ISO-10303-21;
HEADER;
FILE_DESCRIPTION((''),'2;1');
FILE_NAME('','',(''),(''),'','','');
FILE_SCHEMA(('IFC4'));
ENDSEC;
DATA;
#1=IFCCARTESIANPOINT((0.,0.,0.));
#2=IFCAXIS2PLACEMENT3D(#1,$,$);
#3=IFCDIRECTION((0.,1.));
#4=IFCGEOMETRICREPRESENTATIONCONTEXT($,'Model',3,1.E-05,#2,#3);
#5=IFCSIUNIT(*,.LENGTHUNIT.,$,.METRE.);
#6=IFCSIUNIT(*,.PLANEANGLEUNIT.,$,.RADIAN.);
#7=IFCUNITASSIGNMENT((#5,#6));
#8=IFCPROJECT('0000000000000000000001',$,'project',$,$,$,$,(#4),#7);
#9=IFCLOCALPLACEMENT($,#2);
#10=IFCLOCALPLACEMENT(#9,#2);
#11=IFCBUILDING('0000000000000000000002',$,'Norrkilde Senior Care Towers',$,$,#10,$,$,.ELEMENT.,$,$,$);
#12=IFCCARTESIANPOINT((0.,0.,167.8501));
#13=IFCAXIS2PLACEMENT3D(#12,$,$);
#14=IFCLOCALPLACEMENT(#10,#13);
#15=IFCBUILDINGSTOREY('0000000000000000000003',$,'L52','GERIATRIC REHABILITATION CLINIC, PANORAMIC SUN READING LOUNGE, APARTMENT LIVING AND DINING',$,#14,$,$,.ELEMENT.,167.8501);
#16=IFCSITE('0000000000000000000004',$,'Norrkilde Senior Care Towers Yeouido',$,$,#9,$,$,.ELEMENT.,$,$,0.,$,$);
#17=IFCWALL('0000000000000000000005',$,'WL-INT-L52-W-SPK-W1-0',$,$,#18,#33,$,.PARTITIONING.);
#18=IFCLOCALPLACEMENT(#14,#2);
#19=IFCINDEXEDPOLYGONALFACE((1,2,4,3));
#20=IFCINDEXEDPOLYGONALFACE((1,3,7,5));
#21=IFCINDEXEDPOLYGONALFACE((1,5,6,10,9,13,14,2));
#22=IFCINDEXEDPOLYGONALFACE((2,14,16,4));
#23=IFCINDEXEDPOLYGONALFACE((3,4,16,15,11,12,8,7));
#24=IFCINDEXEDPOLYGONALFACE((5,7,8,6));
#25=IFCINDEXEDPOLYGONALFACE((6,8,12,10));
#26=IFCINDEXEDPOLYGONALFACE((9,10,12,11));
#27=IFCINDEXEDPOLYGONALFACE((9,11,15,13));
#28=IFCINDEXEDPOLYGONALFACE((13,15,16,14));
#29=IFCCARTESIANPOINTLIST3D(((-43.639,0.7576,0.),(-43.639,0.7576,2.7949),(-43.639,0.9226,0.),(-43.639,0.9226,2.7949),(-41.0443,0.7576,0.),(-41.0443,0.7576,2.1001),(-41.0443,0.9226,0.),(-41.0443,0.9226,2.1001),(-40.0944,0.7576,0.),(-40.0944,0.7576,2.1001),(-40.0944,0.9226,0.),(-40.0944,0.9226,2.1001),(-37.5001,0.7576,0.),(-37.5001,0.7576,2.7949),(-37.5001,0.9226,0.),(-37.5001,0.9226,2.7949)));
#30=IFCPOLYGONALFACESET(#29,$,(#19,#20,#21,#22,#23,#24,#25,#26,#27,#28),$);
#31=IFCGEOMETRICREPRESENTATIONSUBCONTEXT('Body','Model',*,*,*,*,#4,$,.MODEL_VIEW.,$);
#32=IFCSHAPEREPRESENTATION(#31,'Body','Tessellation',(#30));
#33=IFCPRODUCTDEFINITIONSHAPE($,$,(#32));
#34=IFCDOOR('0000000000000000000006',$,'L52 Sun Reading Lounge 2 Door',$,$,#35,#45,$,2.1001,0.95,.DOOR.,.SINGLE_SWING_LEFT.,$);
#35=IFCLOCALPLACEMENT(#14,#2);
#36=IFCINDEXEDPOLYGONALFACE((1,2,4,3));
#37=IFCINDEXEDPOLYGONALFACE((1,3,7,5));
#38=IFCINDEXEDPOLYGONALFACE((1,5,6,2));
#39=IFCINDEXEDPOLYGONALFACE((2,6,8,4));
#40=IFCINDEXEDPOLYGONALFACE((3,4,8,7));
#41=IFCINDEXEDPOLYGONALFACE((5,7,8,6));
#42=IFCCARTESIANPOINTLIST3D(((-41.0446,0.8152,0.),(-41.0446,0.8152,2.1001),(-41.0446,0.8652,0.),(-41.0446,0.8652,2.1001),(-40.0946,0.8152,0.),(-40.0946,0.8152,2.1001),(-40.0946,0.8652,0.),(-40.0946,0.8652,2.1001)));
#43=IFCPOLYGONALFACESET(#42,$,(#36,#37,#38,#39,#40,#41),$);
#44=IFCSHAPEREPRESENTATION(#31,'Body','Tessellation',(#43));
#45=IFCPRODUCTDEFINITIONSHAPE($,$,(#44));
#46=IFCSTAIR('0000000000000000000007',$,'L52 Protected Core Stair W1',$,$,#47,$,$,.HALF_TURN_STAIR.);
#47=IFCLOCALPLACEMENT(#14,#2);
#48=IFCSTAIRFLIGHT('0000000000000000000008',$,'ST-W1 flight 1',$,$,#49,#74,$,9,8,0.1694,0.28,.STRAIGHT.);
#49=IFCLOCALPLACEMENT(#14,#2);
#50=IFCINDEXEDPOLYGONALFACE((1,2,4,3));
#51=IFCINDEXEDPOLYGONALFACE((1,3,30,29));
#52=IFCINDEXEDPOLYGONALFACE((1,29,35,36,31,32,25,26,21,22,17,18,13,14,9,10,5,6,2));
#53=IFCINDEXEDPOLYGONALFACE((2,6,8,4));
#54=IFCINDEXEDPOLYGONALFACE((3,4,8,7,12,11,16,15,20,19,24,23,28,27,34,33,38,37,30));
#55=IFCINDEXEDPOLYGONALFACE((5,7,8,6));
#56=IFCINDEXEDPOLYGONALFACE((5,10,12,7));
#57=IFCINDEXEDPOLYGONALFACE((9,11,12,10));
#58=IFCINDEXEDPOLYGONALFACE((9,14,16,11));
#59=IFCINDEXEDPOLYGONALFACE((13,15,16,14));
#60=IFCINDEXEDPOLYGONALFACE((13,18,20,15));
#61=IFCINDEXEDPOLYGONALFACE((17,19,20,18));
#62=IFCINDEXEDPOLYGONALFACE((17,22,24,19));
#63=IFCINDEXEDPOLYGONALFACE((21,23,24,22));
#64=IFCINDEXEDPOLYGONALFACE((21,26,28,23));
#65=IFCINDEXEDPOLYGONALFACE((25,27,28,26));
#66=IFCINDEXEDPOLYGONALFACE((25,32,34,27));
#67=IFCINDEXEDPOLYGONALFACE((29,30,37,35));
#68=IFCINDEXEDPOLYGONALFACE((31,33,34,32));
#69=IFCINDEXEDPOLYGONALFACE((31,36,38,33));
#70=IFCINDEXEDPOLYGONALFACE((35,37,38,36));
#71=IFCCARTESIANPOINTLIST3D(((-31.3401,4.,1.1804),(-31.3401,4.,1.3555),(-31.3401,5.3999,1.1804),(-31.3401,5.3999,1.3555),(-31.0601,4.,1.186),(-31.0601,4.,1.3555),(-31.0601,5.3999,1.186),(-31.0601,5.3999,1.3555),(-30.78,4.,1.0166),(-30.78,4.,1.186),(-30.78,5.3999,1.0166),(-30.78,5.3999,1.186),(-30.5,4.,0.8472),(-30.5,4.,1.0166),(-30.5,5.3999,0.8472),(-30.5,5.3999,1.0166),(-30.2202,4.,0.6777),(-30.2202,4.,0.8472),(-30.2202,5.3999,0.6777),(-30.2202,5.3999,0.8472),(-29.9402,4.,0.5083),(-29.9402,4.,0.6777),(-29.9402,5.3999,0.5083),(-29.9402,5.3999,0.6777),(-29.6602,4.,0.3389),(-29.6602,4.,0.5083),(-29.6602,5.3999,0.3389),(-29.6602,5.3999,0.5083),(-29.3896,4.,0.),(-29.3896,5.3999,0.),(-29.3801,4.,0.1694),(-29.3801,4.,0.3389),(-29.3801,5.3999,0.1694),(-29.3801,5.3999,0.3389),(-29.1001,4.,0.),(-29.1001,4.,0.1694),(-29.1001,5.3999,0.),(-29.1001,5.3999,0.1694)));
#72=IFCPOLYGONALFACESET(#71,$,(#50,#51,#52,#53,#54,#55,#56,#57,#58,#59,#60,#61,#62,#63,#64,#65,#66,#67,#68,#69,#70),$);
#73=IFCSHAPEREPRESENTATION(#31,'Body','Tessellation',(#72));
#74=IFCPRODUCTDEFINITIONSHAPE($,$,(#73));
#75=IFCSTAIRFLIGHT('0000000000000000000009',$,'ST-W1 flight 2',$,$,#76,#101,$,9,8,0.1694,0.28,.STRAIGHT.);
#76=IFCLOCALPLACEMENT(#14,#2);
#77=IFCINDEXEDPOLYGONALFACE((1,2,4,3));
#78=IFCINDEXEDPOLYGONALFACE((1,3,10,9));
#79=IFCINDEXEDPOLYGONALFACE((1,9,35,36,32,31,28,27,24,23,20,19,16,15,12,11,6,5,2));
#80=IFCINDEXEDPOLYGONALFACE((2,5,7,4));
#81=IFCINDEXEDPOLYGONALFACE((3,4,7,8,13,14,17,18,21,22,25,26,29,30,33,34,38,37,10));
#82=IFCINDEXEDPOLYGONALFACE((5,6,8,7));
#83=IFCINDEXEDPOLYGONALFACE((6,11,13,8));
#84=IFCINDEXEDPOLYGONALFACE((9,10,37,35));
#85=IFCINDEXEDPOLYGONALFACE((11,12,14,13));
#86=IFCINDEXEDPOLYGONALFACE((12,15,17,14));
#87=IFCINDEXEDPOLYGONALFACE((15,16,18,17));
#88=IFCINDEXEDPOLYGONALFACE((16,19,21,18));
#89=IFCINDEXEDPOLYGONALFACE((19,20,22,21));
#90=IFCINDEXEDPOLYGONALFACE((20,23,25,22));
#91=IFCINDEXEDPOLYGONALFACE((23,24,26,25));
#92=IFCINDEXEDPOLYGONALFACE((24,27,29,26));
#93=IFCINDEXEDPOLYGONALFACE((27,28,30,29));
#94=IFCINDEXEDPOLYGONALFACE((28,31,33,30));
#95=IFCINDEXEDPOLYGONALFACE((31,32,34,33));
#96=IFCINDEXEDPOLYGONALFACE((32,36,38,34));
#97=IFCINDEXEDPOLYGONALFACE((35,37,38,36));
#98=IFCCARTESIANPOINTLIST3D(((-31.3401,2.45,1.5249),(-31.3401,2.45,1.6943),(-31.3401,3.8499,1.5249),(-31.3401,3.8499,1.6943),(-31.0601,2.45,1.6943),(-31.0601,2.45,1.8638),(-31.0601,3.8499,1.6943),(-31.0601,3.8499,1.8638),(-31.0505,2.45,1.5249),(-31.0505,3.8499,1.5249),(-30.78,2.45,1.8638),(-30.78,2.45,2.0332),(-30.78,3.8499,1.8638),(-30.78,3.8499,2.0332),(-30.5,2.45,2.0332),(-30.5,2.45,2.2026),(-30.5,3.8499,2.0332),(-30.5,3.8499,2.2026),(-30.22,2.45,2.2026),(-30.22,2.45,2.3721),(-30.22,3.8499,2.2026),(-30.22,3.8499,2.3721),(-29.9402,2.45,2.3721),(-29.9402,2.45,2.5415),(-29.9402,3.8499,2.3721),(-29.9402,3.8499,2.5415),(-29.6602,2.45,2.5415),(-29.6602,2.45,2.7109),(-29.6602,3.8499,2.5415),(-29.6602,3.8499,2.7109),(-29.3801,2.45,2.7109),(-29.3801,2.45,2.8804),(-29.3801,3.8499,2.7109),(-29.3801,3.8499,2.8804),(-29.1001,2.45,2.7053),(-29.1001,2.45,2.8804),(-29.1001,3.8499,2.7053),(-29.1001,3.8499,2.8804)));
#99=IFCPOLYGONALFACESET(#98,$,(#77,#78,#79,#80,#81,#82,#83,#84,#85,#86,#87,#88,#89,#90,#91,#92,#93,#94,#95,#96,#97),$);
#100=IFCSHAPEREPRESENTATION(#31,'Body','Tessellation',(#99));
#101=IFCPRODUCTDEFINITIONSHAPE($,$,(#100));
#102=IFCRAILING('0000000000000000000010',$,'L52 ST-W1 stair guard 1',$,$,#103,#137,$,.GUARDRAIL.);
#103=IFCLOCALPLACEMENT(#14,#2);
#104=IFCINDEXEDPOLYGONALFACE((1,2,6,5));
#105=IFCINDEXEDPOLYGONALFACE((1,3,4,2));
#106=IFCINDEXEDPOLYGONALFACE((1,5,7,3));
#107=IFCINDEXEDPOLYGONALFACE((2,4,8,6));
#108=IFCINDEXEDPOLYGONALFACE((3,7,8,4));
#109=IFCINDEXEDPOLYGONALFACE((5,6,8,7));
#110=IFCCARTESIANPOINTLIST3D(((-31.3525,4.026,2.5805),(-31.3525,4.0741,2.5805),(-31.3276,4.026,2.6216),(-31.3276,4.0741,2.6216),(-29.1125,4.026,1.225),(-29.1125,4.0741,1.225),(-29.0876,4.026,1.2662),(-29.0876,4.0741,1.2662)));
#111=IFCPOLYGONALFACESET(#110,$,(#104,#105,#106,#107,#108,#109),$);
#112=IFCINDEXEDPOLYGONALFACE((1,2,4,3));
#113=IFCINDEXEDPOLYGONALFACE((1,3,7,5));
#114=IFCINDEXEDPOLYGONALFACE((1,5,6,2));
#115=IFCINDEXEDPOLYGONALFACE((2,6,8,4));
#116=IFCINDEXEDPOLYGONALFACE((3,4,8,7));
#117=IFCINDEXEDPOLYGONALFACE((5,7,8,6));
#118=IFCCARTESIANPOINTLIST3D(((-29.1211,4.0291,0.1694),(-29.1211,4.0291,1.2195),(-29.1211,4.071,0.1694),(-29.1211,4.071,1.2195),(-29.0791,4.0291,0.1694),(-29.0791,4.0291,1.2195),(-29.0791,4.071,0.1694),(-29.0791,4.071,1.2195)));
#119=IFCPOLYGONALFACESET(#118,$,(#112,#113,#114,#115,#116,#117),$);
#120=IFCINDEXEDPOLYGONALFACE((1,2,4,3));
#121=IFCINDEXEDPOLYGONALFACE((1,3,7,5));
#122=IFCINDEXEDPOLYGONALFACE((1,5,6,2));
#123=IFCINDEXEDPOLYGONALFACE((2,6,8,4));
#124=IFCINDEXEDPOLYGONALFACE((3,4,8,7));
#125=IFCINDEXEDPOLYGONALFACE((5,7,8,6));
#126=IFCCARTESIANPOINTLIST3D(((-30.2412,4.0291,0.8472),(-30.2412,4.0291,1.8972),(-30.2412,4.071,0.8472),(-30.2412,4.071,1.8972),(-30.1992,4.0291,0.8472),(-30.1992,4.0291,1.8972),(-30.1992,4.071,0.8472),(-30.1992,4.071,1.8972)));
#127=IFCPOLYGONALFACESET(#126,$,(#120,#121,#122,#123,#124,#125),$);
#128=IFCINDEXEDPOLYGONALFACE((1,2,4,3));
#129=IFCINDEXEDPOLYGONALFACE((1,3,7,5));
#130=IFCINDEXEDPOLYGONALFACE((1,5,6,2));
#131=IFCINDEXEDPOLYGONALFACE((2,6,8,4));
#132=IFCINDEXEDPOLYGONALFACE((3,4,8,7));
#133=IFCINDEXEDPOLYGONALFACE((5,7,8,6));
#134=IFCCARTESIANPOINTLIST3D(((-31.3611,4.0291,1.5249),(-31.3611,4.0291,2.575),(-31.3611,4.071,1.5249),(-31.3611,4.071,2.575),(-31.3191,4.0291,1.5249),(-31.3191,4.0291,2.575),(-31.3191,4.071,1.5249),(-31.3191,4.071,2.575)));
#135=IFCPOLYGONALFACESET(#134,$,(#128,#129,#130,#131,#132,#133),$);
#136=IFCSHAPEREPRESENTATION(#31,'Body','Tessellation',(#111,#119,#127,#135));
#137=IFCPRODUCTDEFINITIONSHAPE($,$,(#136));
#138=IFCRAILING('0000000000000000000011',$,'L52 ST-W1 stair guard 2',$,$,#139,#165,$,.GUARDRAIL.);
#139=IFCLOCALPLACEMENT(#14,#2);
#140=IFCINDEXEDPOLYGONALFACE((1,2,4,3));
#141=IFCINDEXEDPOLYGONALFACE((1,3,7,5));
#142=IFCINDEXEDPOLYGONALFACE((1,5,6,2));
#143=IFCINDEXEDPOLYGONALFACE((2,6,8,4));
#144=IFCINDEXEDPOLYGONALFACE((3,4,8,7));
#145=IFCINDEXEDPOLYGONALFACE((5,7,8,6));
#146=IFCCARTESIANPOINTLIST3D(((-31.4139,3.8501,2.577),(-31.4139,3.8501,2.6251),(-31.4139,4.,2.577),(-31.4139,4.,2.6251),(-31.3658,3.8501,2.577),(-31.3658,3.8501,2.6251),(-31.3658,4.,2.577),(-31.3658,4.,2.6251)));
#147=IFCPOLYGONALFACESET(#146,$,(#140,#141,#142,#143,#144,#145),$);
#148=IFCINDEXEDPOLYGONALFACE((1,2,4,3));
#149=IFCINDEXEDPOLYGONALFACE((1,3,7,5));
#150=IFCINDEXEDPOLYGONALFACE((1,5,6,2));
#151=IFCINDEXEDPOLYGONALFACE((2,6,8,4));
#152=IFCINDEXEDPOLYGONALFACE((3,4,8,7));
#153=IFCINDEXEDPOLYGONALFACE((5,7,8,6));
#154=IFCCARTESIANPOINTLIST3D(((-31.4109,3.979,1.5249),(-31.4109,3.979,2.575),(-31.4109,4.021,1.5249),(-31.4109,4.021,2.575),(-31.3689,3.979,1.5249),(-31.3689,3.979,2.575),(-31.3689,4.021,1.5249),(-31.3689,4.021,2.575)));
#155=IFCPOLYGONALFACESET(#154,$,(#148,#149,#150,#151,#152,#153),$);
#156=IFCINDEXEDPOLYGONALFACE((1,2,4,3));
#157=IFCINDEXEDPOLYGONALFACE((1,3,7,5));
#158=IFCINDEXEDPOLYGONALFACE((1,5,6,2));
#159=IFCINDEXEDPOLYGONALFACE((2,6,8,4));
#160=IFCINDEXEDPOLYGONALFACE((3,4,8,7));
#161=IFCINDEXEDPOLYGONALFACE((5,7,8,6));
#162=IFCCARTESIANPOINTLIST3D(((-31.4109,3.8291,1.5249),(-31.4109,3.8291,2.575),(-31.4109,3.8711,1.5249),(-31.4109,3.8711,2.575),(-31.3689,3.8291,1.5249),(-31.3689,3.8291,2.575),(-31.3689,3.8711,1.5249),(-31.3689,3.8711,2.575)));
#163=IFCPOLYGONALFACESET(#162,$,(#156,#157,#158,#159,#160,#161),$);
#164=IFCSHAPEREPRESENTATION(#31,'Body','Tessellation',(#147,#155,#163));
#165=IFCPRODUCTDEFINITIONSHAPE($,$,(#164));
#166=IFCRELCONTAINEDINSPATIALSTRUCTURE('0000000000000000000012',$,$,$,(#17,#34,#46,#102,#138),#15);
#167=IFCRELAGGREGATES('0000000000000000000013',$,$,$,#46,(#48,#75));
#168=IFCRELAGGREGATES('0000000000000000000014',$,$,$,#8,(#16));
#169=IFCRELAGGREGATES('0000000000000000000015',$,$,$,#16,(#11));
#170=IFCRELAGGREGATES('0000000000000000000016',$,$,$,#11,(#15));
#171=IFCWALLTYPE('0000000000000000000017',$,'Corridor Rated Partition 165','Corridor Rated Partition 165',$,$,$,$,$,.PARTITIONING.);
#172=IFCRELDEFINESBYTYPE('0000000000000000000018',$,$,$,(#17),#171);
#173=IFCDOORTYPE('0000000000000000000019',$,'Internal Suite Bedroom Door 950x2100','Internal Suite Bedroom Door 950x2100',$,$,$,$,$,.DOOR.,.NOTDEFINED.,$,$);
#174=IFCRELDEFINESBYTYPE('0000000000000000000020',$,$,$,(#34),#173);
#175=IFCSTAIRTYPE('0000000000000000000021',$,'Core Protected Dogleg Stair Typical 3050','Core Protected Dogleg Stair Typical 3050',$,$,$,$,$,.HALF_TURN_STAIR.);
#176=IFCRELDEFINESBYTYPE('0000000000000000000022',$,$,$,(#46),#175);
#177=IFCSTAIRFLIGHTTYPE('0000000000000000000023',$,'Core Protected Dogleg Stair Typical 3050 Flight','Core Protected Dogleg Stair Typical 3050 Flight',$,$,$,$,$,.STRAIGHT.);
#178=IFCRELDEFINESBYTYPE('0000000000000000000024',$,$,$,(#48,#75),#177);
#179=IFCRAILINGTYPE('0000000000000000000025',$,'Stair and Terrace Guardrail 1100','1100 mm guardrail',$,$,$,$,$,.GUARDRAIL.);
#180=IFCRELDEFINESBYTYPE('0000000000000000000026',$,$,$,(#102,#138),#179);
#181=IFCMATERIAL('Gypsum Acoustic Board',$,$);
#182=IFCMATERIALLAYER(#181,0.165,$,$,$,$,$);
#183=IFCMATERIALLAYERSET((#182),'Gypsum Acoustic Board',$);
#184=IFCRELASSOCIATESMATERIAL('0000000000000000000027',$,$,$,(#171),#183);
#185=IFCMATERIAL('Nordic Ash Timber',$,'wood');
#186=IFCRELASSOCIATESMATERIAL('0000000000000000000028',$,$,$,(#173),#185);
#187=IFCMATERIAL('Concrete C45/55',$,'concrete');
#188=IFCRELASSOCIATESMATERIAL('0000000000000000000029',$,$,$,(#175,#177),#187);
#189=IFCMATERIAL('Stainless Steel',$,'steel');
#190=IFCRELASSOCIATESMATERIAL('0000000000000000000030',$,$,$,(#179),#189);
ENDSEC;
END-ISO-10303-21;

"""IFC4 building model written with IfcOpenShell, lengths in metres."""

from ifc_helpers import new_model, si_unit, direction, frame, frame_2d, origin, origin_2d, place, context, subcontext, project, spatial, polyline, rectangle, outline, extrude, source, transform, mapped, material, layer, layer_set, type_object, type_shapes, element, fill, aggregate, save


model = new_model("IFC4")

# Units and contexts
model_context = context("Model", 3, precision=1e-05, world=origin(), true_north=direction((0.0, 1.0)))
body_context = subcontext(model_context, "Body", "Model", "MODEL_VIEW")
ifc_project = project(units=[si_unit("LENGTHUNIT", "METRE"), si_unit("PLANEANGLEUNIT", "RADIAN")], contexts=[model_context])

# Site, building, storey
site_placement = place(None, origin())
site = spatial("IfcSite", under=ifc_project, at=site_placement, Name="Norrkilde Senior Care Towers Yeouido", CompositionType="ELEMENT", RefElevation=0.0)
building_placement = place(site_placement, origin())
building = spatial("IfcBuilding", under=site, at=building_placement, Name="Norrkilde Senior Care Towers", CompositionType="ELEMENT")
storey_placement = place(building_placement, frame((0.0, 0.0, 167.8501)))
storey = spatial("IfcBuildingStorey", under=building, at=storey_placement, Name="L52", Description="GERIATRIC REHABILITATION CLINIC, PANORAMIC SUN READING LOUNGE, APARTMENT LIVING AND DINING", CompositionType="ELEMENT", Elevation=167.8501)

# Shared definitions
ifc_material_1 = material(Name="Concrete C45/55", Category="concrete")

# Shared definitions
ifc_material_2 = material(Name="Gypsum Acoustic Board")
ifc_layer_1 = layer(ifc_material_2, 0.165)
ifc_layer_set_1 = layer_set([ifc_layer_1], Name="Gypsum Acoustic Board")
wall_type_1 = type_object("IfcWallType", Name="Corridor Rated Partition 165", Description="Corridor Rated Partition 165", PredefinedType="PARTITIONING", material=ifc_layer_set_1)

# Wall, opening, door
shared_shape_1 = source(origin(), body_context, "Body", "SweptSolid", [
    extrude(rectangle(XDim=6.1389, YDim=0.165, at=frame_2d((3.0693, 0.0))), origin(), (0.0, 0.0, 1.0), 2.7949),
])
wall_1_placement = place(storey_placement, frame((-43.6389, 0.8401, 0.0), z_axis=(0.0, 0.0, 1.0), x_axis=(1.0, 0.0, 0.0)))
wall_1 = element("IfcWall", 1, at=wall_1_placement, inside=storey, type_object=wall_type_1, Name="WL-INT-L52-W-SPK-W1-0", PredefinedType="PARTITIONING", context=body_context, shape_type="MappedRepresentation", body=[
    mapped(shared_shape_1, transform((0.0, 0.0, 0.0), x_axis=(1.0, 0.0, 0.0), y_axis=(0.0, 1.0, 0.0), z_axis=(0.0, 0.0, 1.0), scale=1.0)),
])
opening_1_placement = place(wall_1_placement, frame((2.5945, 0.0, 0.0)))
opening_1 = element("IfcOpeningElement", 2, at=opening_1_placement, cuts=wall_1, PredefinedType="OPENING", context=body_context, shape_type="SweptSolid", body=[
    extrude(rectangle(XDim=0.95, YDim=2.1001, at=frame_2d((0.4751, 1.05))), frame((0.0, 0.0925, 0.0), z_axis=(0.0, -1.0, 0.0), x_axis=(1.0, 0.0, 0.0)), (0.0, 0.0, 1.0), 0.1851),
])
ifc_material_3 = material(Name="Nordic Ash Timber", Category="wood")
door_type_1 = type_object("IfcDoorType", Name="Internal Suite Bedroom Door 950x2100", Description="Internal Suite Bedroom Door 950x2100", OperationType="NOTDEFINED", PredefinedType="DOOR", material=ifc_material_3)
shared_shape_2 = source(origin(), body_context, "Body", "SweptSolid", [
    extrude(rectangle(XDim=0.95, YDim=2.1001, at=frame_2d((0.4751, 1.05))), frame((0.0, 0.0249, 0.0), z_axis=(0.0, -1.0, 0.0), x_axis=(1.0, 0.0, 0.0)), (0.0, 0.0, 1.0), 0.05),
])
type_shapes(door_type_1, [shared_shape_2])
door_1_placement = place(opening_1_placement, frame((0.95, 0.0, 0.0), z_axis=(0.0, 0.0, 1.0), x_axis=(-1.0, 0.0, 0.0)))
door_1 = element("IfcDoor", 3, at=door_1_placement, inside=storey, type_object=door_type_1, Name="L52 Sun Reading Lounge 2 Door", OperationType="SINGLE_SWING_LEFT", OverallHeight=2.1001, OverallWidth=0.95, PredefinedType="DOOR", context=body_context, shape_type="MappedRepresentation", body=[
    mapped(shared_shape_2, transform((0.0, 0.0, 0.0), x_axis=(1.0, 0.0, 0.0), y_axis=(0.0, 1.0, 0.0), z_axis=(0.0, 0.0, 1.0), scale=1.0)),
])
fill(opening_1, door_1)

# Stair, stair flights
stair_type = type_object("IfcStairType", Name="Core Protected Dogleg Stair Typical 3050", Description="Core Protected Dogleg Stair Typical 3050", PredefinedType="HALF_TURN_STAIR", material=ifc_material_1)
stair_placement = place(storey_placement, origin())
stair = element("IfcStair", 4, at=stair_placement, inside=storey, type_object=stair_type, Name="L52 Protected Core Stair W1", PredefinedType="HALF_TURN_STAIR")
stair_flight_type = type_object("IfcStairFlightType", Name="Core Protected Dogleg Stair Typical 3050 Flight", Description="Core Protected Dogleg Stair Typical 3050 Flight", PredefinedType="STRAIGHT", material=ifc_material_1)
stair_flight_1_placement = place(storey_placement, frame((-29.1001, 4.7, 0.0), z_axis=(0.0, 0.0, 1.0), x_axis=(-1.0, 0.0, 0.0)))
stair_flight_1 = element("IfcStairFlight", 5, at=stair_flight_1_placement, type_object=stair_flight_type, Name="ST-W1 flight 1", NumberOfRisers=9, NumberOfTreads=8, PredefinedType="STRAIGHT", RiserHeight=0.1694, TreadLength=0.28, context=body_context, shape_type="SweptSolid", body=[
    extrude(outline(polyline([(0.0, 0.0), (0.0, 0.1694), (0.28, 0.1694), (0.28, 0.3389), (0.5601, 0.3389), (0.5601, 0.5083), (0.8401, 0.5083), (0.8401, 0.6777), (1.1201, 0.6777), (1.1201, 0.8472), (1.3999, 0.8472), (1.3999, 1.0166), (1.6799, 1.0166), (1.6799, 1.186), (1.96, 1.186), (1.96, 1.3555), (2.24, 1.3555), (2.24, 1.5249), (2.24, 1.1804), (0.2896, 0.0), (0.0, 0.0)])), frame((0.0, 0.7, 0.0), z_axis=(0.0, -1.0, 0.0), x_axis=(1.0, 0.0, 0.0)), (0.0, 0.0, 1.0), 1.3999),
])
stair_flight_2_placement = place(storey_placement, frame((-31.3401, 3.1499, 1.5249), z_axis=(0.0, 0.0, 1.0), x_axis=(1.0, 0.0, 0.0)))
stair_flight_2 = element("IfcStairFlight", 6, at=stair_flight_2_placement, type_object=stair_flight_type, Name="ST-W1 flight 2", NumberOfRisers=9, NumberOfTreads=8, PredefinedType="STRAIGHT", RiserHeight=0.1694, TreadLength=0.28, context=body_context, shape_type="SweptSolid", body=[
    extrude(outline(polyline([(0.0, 0.0), (0.0, 0.1694), (0.28, 0.1694), (0.28, 0.3389), (0.5601, 0.3389), (0.5601, 0.5083), (0.8401, 0.5083), (0.8401, 0.6777), (1.1201, 0.6777), (1.1201, 0.8472), (1.3999, 0.8472), (1.3999, 1.0166), (1.6799, 1.0166), (1.6799, 1.186), (1.96, 1.186), (1.96, 1.3555), (2.24, 1.3555), (2.24, 1.5249), (2.24, 1.1804), (0.2896, 0.0), (0.0, 0.0)])), frame((0.0, 0.7, 0.0), z_axis=(0.0, -1.0, 0.0), x_axis=(1.0, 0.0, 0.0)), (0.0, 0.0, 1.0), 1.3999),
])
aggregate(stair, [stair_flight_1, stair_flight_2])

# Railings
ifc_material_4 = material(Name="Stainless Steel", Category="steel")
railing_type_1 = type_object("IfcRailingType", Name="Stair and Terrace Guardrail 1100", Description="1100 mm guardrail", PredefinedType="GUARDRAIL", material=ifc_material_4)
railing_1_placement = place(storey_placement, frame((-29.1001, 4.05, 0.1694)))
element("IfcRailing", 7, at=railing_1_placement, inside=storey, type_object=railing_type_1, Name="L52 ST-W1 stair guard 1", PredefinedType="GUARDRAIL", context=body_context, shape_type="SweptSolid", body=[
    extrude(rectangle(XDim=0.0481, YDim=0.0481, at=origin_2d()), frame((0.0, 0.0, 1.0762), z_axis=(-0.855553, 0.0, 0.517715), x_axis=(0.0, -1.0, 0.0)), (0.0, 0.0, 1.0), 2.6182),
    extrude(rectangle(XDim=0.042, YDim=0.042, at=origin_2d()), origin(), (0.0, 0.0, 1.0), 1.05),
    extrude(rectangle(XDim=0.042, YDim=0.042, at=origin_2d()), frame((-1.1201, 0.0, 0.6777)), (0.0, 0.0, 1.0), 1.05),
    extrude(rectangle(XDim=0.042, YDim=0.042, at=origin_2d()), frame((-2.24, 0.0, 1.3555)), (0.0, 0.0, 1.0), 1.05),
])
railing_2_placement = place(storey_placement, frame((-31.3899, 4.0, 1.5249)))
element("IfcRailing", 8, at=railing_2_placement, inside=storey, type_object=railing_type_1, Name="L52 ST-W1 stair guard 2", PredefinedType="GUARDRAIL", context=body_context, shape_type="SweptSolid", body=[
    extrude(rectangle(XDim=0.0481, YDim=0.0481, at=origin_2d()), frame((0.0, 0.0, 1.0762), z_axis=(0.0, -1.0, 0.0), x_axis=(1.0, 0.0, 0.0)), (0.0, 0.0, 1.0), 0.1499),
    extrude(rectangle(XDim=0.042, YDim=0.042, at=origin_2d()), origin(), (0.0, 0.0, 1.0), 1.05),
    extrude(rectangle(XDim=0.042, YDim=0.042, at=origin_2d()), frame((0.0, -0.1499, 0.0)), (0.0, 0.0, 1.0), 1.05),
])

save(model, "model.ifc")
